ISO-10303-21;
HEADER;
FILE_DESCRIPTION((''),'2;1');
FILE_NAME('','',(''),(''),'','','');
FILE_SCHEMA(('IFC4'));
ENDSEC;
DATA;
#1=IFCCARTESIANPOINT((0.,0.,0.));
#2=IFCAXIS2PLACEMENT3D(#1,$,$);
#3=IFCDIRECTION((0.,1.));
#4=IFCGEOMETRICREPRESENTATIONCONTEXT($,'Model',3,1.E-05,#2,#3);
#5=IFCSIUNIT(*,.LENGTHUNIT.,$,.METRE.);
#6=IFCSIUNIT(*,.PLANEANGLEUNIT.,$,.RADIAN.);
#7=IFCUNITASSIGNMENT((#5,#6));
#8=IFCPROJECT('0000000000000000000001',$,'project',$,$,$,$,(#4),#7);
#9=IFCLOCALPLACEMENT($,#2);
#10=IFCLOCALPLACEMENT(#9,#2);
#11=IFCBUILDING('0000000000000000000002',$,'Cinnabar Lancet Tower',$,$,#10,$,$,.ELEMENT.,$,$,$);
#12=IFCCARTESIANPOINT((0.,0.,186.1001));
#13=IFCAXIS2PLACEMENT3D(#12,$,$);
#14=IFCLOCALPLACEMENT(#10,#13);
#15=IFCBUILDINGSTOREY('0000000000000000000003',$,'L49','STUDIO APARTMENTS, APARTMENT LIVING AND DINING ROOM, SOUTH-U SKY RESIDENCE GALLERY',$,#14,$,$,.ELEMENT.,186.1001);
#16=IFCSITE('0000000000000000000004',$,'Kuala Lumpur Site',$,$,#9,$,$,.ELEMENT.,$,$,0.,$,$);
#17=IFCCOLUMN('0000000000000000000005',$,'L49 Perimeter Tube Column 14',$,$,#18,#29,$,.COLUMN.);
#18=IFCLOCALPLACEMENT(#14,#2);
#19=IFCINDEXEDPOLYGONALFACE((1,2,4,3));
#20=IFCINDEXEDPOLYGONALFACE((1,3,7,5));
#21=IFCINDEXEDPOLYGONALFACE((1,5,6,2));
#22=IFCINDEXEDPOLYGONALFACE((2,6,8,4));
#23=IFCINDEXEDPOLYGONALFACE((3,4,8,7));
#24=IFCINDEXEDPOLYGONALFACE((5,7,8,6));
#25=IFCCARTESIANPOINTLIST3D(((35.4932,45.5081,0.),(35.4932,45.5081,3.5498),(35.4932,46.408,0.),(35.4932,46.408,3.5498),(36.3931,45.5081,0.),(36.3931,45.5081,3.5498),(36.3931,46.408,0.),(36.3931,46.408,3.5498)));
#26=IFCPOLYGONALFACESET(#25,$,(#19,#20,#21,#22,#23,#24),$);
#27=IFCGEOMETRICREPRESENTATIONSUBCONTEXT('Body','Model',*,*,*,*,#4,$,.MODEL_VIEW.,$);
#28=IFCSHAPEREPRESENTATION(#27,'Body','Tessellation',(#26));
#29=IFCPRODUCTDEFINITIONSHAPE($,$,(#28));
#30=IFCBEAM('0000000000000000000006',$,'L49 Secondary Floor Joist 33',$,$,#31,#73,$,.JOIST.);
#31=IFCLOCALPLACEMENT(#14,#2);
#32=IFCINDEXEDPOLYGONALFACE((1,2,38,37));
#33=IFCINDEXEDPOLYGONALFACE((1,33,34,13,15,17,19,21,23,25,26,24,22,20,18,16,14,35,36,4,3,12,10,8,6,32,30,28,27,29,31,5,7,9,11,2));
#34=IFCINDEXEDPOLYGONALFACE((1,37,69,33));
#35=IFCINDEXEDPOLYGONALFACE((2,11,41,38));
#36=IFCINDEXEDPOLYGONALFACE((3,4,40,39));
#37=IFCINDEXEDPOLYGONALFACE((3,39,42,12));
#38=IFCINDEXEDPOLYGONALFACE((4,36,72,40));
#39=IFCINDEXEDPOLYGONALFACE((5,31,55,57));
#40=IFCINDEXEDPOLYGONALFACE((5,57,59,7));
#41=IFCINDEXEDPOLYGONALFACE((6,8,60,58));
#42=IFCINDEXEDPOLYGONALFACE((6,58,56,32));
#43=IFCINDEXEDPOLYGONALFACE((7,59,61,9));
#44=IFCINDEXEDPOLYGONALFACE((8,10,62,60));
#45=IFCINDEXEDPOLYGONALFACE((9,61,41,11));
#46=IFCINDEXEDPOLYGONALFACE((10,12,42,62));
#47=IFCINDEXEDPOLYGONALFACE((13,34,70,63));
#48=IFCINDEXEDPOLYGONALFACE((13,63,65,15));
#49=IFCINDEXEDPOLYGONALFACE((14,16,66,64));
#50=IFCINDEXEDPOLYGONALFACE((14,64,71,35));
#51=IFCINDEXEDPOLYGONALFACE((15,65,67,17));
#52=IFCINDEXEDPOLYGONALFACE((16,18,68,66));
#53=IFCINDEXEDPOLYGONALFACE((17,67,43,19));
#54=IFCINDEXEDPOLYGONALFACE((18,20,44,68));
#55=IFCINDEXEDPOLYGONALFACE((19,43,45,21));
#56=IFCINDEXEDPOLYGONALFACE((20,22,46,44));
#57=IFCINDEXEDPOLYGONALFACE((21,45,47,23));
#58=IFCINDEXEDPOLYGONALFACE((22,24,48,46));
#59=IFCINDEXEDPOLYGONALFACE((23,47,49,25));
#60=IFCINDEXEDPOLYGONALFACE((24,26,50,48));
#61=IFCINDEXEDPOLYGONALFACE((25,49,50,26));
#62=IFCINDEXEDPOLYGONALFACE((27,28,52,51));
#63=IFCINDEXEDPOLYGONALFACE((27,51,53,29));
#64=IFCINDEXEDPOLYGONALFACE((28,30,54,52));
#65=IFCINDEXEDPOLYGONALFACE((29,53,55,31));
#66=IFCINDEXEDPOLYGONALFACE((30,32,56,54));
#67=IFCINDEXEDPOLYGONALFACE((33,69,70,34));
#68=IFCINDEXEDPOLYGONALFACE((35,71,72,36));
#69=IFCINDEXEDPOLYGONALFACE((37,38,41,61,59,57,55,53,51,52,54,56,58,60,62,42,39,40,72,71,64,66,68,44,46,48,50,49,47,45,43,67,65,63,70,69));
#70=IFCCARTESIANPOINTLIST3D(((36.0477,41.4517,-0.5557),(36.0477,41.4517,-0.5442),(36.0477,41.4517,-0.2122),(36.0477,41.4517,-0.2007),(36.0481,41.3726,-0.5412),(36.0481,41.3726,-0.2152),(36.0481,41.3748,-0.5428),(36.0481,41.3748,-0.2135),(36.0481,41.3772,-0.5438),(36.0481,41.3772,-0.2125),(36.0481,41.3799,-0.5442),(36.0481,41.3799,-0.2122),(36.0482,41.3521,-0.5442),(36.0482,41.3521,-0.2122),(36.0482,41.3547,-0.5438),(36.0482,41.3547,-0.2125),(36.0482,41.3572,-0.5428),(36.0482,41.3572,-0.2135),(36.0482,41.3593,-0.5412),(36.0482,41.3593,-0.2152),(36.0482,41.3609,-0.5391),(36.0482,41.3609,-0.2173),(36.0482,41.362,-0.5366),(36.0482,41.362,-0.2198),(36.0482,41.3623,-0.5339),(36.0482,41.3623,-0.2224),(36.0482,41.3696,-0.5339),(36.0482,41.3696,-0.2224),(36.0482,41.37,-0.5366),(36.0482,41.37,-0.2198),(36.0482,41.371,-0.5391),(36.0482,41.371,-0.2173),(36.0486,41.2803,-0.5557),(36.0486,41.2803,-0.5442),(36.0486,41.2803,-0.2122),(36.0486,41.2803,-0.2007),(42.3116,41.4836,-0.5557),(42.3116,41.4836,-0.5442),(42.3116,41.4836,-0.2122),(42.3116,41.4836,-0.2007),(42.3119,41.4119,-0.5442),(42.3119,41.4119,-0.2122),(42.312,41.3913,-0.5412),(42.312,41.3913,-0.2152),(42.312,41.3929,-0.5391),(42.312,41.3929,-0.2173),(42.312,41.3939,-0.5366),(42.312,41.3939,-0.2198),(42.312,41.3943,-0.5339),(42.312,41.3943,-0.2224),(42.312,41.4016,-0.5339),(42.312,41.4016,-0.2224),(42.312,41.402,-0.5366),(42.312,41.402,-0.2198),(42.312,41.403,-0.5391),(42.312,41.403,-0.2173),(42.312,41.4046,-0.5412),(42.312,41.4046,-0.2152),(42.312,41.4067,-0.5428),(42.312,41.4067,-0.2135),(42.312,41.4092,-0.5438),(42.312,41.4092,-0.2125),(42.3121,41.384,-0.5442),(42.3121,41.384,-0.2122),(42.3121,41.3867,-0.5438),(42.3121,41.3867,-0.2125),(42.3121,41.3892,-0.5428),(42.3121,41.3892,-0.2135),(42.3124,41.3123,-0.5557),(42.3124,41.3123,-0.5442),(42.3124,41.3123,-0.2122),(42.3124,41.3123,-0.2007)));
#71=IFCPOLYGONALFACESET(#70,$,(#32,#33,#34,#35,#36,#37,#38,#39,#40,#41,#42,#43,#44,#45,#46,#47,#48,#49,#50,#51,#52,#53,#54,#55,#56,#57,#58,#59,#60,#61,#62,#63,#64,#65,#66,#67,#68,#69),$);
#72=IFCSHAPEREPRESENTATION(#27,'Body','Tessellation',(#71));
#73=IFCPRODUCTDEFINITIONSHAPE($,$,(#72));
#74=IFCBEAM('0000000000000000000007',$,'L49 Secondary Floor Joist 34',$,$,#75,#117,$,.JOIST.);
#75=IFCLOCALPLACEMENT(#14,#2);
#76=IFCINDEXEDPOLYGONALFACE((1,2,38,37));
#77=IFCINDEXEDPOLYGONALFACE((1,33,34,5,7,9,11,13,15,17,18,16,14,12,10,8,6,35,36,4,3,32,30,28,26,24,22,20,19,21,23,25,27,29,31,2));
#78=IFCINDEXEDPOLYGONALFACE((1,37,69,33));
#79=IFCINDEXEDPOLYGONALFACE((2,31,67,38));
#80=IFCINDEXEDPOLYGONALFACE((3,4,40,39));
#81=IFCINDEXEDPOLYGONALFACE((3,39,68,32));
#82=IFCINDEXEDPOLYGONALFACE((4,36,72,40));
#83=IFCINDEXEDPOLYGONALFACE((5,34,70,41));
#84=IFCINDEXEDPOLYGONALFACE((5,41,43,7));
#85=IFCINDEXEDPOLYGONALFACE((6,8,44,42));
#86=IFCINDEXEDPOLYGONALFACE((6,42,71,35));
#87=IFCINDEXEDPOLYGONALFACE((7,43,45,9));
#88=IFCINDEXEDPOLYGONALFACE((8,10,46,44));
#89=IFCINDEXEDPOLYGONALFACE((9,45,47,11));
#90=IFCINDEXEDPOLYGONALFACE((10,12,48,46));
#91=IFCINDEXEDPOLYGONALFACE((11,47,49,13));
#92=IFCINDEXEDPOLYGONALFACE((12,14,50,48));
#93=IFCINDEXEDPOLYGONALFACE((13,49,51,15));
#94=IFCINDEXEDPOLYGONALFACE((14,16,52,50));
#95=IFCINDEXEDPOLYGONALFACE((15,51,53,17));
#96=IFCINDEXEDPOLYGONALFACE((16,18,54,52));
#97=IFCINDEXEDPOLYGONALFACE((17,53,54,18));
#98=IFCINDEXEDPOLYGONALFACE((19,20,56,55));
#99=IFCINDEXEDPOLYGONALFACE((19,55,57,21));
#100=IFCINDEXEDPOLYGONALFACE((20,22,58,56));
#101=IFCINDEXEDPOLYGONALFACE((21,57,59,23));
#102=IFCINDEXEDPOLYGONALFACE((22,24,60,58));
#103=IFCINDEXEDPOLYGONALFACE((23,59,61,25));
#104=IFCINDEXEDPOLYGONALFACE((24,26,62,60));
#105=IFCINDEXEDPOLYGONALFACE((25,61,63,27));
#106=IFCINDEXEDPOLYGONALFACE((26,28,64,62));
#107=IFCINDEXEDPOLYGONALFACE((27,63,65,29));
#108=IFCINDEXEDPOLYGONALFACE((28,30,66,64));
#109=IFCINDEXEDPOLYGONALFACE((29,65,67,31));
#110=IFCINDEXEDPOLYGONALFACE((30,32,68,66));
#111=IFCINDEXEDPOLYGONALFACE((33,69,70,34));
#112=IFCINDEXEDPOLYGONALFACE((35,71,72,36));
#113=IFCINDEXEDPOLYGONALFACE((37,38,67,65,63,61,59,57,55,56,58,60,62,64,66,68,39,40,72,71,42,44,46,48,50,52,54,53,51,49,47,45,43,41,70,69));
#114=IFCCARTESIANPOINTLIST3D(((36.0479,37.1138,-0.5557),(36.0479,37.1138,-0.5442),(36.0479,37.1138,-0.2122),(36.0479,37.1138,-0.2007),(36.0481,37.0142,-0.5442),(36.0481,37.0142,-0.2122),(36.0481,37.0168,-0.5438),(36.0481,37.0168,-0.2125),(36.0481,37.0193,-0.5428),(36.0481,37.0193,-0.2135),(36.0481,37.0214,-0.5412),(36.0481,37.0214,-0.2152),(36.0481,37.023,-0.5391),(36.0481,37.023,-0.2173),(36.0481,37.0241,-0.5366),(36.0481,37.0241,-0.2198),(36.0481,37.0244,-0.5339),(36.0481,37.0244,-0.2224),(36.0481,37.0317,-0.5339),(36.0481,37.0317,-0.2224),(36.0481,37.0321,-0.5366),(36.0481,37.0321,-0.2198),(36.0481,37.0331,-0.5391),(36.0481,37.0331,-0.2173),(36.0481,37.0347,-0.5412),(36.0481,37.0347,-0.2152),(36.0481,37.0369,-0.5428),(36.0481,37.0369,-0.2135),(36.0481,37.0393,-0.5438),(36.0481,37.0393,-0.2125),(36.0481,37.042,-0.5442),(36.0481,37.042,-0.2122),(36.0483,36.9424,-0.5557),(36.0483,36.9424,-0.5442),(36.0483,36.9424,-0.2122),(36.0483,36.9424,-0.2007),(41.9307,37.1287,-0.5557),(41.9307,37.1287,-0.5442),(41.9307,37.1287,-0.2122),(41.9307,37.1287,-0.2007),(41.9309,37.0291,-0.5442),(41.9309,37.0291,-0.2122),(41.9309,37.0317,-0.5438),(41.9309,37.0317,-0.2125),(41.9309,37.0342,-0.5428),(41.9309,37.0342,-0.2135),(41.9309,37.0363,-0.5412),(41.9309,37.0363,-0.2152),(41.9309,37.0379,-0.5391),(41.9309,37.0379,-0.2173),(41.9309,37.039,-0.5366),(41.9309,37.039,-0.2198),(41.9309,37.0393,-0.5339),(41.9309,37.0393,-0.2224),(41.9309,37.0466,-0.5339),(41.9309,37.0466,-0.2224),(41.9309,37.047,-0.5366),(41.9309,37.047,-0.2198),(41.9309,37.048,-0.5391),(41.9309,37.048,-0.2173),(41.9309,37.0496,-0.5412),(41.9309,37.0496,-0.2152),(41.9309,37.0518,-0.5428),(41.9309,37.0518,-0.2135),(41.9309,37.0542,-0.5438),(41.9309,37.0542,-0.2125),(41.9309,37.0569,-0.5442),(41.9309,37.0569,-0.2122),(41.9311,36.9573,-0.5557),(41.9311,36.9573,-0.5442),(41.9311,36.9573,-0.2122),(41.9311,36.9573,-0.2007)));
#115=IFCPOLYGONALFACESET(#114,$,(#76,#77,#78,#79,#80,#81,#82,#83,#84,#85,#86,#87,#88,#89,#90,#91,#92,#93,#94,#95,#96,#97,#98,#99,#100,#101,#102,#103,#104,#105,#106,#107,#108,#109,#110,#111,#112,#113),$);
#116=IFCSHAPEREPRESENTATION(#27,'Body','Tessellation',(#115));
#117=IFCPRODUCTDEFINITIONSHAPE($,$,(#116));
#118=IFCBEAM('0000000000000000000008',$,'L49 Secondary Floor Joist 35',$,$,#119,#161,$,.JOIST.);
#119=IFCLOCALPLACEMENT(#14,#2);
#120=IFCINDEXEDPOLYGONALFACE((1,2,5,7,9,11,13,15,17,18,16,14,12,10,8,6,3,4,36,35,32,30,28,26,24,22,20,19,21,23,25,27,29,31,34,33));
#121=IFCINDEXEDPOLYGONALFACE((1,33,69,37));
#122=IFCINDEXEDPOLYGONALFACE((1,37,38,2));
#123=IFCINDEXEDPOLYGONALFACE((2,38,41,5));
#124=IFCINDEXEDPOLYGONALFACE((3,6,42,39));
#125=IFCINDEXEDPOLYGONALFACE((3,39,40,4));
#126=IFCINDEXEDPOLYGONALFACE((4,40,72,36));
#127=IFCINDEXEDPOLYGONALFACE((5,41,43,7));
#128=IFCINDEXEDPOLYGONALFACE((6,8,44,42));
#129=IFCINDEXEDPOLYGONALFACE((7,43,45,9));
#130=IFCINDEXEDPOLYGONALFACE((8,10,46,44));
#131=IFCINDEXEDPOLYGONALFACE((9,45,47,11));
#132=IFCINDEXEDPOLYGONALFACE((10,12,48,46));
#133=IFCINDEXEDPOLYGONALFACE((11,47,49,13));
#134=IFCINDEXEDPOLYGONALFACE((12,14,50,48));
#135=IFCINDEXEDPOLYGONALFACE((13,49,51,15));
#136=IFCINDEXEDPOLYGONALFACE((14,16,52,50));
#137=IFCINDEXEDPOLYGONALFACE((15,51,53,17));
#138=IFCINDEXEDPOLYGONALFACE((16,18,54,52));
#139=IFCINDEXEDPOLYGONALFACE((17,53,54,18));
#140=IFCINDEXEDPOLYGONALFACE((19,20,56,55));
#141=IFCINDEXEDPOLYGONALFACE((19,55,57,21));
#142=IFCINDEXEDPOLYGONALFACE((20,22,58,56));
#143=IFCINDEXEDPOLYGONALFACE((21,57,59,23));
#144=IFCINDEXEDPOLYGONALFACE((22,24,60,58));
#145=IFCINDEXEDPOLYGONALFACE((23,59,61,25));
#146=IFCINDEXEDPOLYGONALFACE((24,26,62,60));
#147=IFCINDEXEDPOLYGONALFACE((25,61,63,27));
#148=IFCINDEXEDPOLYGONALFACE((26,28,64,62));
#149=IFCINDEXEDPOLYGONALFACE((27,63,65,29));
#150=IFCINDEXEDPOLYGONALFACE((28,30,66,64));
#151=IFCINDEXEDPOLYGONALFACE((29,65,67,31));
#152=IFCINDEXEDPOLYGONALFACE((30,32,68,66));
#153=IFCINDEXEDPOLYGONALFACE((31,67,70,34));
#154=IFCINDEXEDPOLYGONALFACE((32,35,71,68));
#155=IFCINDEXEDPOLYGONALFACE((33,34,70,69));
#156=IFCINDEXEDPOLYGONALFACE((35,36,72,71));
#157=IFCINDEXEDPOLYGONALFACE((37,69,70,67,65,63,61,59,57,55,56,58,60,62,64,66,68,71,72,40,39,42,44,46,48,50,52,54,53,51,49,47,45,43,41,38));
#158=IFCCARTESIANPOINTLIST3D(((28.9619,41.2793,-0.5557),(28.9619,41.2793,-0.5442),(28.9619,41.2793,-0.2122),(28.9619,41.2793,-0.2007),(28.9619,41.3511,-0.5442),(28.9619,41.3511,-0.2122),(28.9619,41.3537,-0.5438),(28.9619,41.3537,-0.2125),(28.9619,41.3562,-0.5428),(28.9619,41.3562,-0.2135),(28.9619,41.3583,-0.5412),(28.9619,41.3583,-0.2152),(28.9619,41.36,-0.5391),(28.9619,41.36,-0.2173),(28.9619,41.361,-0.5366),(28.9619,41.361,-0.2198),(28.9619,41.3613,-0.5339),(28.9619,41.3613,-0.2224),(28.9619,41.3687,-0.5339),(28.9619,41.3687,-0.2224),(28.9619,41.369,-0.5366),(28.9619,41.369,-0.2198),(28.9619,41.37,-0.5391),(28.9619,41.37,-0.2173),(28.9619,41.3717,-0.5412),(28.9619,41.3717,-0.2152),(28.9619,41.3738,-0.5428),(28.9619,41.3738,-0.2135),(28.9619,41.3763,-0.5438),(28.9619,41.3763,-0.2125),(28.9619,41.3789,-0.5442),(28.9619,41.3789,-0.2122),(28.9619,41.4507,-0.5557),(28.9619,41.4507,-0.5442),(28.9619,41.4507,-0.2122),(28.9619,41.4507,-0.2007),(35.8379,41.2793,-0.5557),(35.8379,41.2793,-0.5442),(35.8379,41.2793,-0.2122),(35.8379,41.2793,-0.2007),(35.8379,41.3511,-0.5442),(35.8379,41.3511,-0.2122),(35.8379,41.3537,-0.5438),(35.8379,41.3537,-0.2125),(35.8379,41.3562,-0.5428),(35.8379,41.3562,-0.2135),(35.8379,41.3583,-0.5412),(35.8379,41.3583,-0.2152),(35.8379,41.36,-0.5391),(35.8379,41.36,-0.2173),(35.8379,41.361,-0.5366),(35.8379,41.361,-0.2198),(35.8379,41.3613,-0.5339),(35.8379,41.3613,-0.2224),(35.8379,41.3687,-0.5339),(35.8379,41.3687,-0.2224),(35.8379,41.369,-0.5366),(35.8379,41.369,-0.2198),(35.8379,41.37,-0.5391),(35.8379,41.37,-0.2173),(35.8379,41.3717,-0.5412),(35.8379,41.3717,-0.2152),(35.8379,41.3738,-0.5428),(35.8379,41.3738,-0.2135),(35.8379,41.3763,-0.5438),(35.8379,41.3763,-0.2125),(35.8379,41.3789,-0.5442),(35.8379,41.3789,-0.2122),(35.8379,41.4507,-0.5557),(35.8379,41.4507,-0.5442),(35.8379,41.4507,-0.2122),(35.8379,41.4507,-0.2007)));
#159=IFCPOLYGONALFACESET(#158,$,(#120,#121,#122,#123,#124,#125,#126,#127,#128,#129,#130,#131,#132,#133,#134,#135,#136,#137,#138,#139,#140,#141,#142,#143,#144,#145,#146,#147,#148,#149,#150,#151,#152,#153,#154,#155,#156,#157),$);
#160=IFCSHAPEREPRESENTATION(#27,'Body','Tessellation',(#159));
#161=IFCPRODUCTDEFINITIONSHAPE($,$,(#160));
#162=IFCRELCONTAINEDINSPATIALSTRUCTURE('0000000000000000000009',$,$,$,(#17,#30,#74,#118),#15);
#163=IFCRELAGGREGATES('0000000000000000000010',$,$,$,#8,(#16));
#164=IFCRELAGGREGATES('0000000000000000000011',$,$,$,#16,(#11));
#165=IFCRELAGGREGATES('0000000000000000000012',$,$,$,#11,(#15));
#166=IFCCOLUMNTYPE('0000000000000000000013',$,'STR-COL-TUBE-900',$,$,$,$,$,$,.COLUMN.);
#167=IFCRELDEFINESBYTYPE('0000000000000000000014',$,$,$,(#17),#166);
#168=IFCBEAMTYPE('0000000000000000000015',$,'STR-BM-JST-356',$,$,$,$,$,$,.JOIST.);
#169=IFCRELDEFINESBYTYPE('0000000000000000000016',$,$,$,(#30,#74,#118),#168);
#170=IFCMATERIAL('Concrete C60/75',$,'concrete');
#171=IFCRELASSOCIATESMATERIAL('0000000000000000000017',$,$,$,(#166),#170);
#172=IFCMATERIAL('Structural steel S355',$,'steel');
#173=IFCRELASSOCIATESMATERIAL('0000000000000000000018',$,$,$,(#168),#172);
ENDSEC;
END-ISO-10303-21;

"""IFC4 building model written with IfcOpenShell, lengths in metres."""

from ifc_helpers import new_model, si_unit, direction, frame, origin, origin_2d, place, context, subcontext, project, spatial, rectangle, i_section, extrude, material, material_profile, profile_set, type_object, element, save


model = new_model("IFC4")

# Units and contexts
model_context = context("Model", 3, precision=1e-05, world=origin(), true_north=direction((0.0, 1.0)))
body_context = subcontext(model_context, "Body", "Model", "MODEL_VIEW")
ifc_project = project(units=[si_unit("LENGTHUNIT", "METRE"), si_unit("PLANEANGLEUNIT", "RADIAN")], contexts=[model_context])

# Site, building, storey
site_placement = place(None, origin())
site = spatial("IfcSite", under=ifc_project, at=site_placement, Name="Kuala Lumpur Site", CompositionType="ELEMENT", RefElevation=0.0)
building_placement = place(site_placement, origin())
building = spatial("IfcBuilding", under=site, at=building_placement, Name="Cinnabar Lancet Tower", CompositionType="ELEMENT")
storey_placement = place(building_placement, frame((0.0, 0.0, 186.1001)))
storey = spatial("IfcBuildingStorey", under=building, at=storey_placement, Name="L49", Description="STUDIO APARTMENTS, APARTMENT LIVING AND DINING ROOM, SOUTH-U SKY RESIDENCE GALLERY", CompositionType="ELEMENT", Elevation=186.1001)

# Column
ifc_material_1 = material(Name="Concrete C60/75", Category="concrete")
ifc_material_profile_1 = material_profile(ifc_material_1, rectangle(XDim=0.8999, YDim=0.8999, at=origin_2d()), Name="RC-COL 900x900")
ifc_profile_set_1 = profile_set([ifc_material_profile_1], Name="Concrete C60/75")
column_type = type_object("IfcColumnType", Name="STR-COL-TUBE-900", PredefinedType="COLUMN", material=ifc_profile_set_1)
column_placement = place(storey_placement, frame((35.9431, 45.958, 0.0), z_axis=(0.0, 0.0, 1.0), x_axis=(1.0, 0.0, 0.0)))
element("IfcColumn", 1, at=column_placement, inside=storey, type_object=column_type, Name="L49 Perimeter Tube Column 14", PredefinedType="COLUMN", context=body_context, shape_type="SweptSolid", body=[
    extrude(rectangle(XDim=0.8999, YDim=0.8999, at=origin_2d()), origin(), (0.0, 0.0, 1.0), 3.5498),
])

# Beams
ifc_material_2 = material(Name="Structural steel S355", Category="steel")
ifc_material_profile_2 = material_profile(ifc_material_2, i_section(OverallWidth=0.1714, OverallDepth=0.355, WebThickness=0.0073, FlangeThickness=0.0115, FilletRadius=0.0103, at=origin_2d()), Name="UKB 356x171x51")
ifc_profile_set_2 = profile_set([ifc_material_profile_2], Name="Structural steel S355")
beam_type_1 = type_object("IfcBeamType", Name="STR-BM-JST-356", PredefinedType="JOIST", material=ifc_profile_set_2)
beam_1_placement = place(storey_placement, frame((42.312, 41.3979, -0.3782), z_axis=(-0.999987, -0.005106, 0.0), x_axis=(0.005106, -0.999987, 0.0)))
element("IfcBeam", 2, at=beam_1_placement, inside=storey, type_object=beam_type_1, Name="L49 Secondary Floor Joist 33", PredefinedType="JOIST", context=body_context, shape_type="SweptSolid", body=[
    extrude(i_section(OverallWidth=0.1714, OverallDepth=0.355, WebThickness=0.0073, FlangeThickness=0.0115, FilletRadius=0.0103, at=origin_2d()), origin(), (0.0, 0.0, 1.0), 6.2639),
])
beam_2_placement = place(storey_placement, frame((41.9309, 37.043, -0.3782), z_axis=(-0.999997, -0.002532, 0.0), x_axis=(0.002532, -0.999997, 0.0)))
element("IfcBeam", 3, at=beam_2_placement, inside=storey, type_object=beam_type_1, Name="L49 Secondary Floor Joist 34", PredefinedType="JOIST", context=body_context, shape_type="SweptSolid", body=[
    extrude(i_section(OverallWidth=0.1714, OverallDepth=0.355, WebThickness=0.0073, FlangeThickness=0.0115, FilletRadius=0.0103, at=origin_2d()), origin(), (0.0, 0.0, 1.0), 5.8828),
])
for number, where, z_axis, x_axis, name in (
    (4, (35.8379, 41.365, -0.3782), (-1.0, 0.0, 0.0), (0.0, -1.0, 0.0), "L49 Secondary Floor Joist 35"),
):
    element("IfcBeam", number, at=place(storey_placement, frame(where, z_axis=z_axis, x_axis=x_axis)), inside=storey, type_object=beam_type_1, Name=name, PredefinedType="JOIST", context=body_context, shape_type="SweptSolid", body=[
        extrude(i_section(OverallWidth=0.1714, OverallDepth=0.355, WebThickness=0.0073, FlangeThickness=0.0115, FilletRadius=0.0103, at=origin_2d()), origin(), (0.0, 0.0, 1.0), 6.876),
    ])

save(model, "model.ifc")
